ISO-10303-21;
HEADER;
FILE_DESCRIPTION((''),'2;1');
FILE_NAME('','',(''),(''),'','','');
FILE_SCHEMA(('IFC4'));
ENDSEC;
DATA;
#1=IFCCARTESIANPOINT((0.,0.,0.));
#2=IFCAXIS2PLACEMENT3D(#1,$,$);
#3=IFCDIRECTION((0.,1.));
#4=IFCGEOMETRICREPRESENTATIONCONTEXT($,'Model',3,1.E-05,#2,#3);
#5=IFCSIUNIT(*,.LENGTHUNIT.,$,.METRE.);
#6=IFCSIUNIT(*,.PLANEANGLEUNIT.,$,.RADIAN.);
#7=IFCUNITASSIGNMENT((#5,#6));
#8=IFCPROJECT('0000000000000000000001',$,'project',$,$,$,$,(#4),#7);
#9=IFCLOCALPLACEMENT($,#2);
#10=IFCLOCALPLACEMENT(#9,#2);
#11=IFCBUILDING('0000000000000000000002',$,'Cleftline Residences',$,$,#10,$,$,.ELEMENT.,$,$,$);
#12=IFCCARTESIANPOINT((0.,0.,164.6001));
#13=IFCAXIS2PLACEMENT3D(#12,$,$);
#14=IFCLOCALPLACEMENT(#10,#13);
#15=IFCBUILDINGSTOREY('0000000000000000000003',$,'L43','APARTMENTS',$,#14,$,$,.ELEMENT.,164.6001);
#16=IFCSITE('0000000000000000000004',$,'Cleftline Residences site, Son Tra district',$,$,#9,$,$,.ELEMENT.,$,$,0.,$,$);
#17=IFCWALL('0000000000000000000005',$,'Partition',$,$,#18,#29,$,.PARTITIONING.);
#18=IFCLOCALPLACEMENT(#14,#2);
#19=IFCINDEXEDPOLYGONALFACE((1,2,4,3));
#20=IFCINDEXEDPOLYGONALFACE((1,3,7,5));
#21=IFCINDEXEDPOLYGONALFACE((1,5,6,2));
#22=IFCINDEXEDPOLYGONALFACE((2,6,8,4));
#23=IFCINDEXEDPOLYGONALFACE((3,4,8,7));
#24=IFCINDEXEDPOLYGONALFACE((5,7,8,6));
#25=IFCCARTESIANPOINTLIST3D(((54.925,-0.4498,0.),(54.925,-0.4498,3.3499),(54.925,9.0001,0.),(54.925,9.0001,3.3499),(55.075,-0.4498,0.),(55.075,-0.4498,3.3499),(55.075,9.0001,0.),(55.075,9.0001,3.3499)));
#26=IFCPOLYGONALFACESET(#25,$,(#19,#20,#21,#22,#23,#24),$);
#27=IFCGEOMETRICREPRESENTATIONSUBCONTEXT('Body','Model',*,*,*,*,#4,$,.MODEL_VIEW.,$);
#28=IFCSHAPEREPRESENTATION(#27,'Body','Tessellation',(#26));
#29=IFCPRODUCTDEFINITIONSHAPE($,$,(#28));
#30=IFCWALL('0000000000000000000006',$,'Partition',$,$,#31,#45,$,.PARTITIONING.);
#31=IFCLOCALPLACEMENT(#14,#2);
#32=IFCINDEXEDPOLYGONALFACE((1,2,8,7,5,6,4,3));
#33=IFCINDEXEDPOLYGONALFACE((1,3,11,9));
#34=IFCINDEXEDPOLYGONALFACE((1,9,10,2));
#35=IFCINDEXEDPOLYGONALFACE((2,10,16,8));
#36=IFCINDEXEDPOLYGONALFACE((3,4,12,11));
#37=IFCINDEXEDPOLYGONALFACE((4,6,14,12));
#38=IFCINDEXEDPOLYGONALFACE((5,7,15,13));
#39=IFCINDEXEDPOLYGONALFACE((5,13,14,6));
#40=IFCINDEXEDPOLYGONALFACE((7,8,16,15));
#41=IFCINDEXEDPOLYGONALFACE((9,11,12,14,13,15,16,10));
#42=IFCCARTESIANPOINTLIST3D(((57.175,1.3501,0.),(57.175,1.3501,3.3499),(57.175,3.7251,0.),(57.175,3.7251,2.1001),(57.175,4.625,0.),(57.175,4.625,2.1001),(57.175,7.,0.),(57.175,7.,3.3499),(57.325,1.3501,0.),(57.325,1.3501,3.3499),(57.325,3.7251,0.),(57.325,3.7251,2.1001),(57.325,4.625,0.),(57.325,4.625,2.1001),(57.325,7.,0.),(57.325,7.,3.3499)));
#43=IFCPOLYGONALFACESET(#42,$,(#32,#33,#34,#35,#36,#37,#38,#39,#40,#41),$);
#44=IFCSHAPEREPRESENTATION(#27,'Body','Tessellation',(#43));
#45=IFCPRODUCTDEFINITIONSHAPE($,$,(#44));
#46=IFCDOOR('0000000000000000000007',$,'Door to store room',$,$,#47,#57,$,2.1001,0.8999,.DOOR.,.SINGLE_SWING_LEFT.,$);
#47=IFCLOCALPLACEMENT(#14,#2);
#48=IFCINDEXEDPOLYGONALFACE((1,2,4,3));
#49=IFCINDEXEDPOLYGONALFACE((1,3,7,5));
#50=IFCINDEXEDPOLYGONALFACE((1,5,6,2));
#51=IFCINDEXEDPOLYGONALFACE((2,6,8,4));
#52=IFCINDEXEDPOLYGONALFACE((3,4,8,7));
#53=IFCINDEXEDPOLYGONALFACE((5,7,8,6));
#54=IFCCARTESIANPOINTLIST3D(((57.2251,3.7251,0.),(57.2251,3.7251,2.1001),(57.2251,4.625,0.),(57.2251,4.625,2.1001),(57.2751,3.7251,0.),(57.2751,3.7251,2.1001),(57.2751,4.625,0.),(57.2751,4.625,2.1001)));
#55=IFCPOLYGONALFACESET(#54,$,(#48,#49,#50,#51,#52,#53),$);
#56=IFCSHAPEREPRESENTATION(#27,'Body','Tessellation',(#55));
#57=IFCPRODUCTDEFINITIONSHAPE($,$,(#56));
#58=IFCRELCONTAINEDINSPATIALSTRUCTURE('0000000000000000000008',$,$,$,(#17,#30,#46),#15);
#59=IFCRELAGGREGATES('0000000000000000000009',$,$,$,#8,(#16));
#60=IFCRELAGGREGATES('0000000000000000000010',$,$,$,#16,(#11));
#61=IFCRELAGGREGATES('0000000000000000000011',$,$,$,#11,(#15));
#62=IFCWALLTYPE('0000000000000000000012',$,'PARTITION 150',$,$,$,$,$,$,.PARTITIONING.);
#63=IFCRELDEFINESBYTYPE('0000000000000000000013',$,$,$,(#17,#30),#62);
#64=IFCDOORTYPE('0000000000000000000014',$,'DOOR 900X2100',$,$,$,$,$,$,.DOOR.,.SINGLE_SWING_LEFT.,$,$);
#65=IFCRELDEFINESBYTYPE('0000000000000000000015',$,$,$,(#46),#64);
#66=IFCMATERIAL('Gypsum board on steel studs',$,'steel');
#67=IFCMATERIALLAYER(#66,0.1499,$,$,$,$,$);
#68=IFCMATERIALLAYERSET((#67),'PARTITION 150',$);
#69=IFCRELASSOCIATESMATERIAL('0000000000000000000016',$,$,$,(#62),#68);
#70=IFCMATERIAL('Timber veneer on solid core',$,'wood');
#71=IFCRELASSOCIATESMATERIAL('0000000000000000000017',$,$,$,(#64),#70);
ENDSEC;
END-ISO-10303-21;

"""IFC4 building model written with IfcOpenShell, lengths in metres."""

from ifc_helpers import new_model, si_unit, direction, frame, frame_2d, origin, place, context, subcontext, project, spatial, rectangle, extrude, material, layer, layer_set, type_object, element, fill, save


model = new_model("IFC4")

# Units and contexts
model_context = context("Model", 3, precision=1e-05, world=origin(), true_north=direction((0.0, 1.0)))
body_context = subcontext(model_context, "Body", "Model", "MODEL_VIEW")
ifc_project = project(units=[si_unit("LENGTHUNIT", "METRE"), si_unit("PLANEANGLEUNIT", "RADIAN")], contexts=[model_context])

# Site, building, storey
site_placement = place(None, origin())
site = spatial("IfcSite", under=ifc_project, at=site_placement, Name="Cleftline Residences site, Son Tra district", CompositionType="ELEMENT", RefElevation=0.0)
building_placement = place(site_placement, origin())
building = spatial("IfcBuilding", under=site, at=building_placement, Name="Cleftline Residences", CompositionType="ELEMENT")
storey_placement = place(building_placement, frame((0.0, 0.0, 164.6001)))
storey = spatial("IfcBuildingStorey", under=building, at=storey_placement, Name="L43", Description="APARTMENTS", CompositionType="ELEMENT", Elevation=164.6001)

# Wall
ifc_material_1 = material(Name="Gypsum board on steel studs", Category="steel")
ifc_layer_1 = layer(ifc_material_1, 0.1499)
ifc_layer_set_1 = layer_set([ifc_layer_1], Name="PARTITION 150")
wall_type_1 = type_object("IfcWallType", Name="PARTITION 150", PredefinedType="PARTITIONING", material=ifc_layer_set_1)
wall_1_placement = place(storey_placement, frame((55.0, -0.45, 0.0), z_axis=(0.0, 0.0, 1.0), x_axis=(0.0, 1.0, 0.0)))
element("IfcWall", 1, at=wall_1_placement, inside=storey, type_object=wall_type_1, Name="Partition", PredefinedType="PARTITIONING", context=body_context, shape_type="SweptSolid", body=[
    extrude(rectangle(XDim=9.45, YDim=0.1499, at=frame_2d((4.7251, 0.0))), origin(), (0.0, 0.0, 1.0), 3.3499),
])

# Wall, opening, door
wall_2_placement = place(storey_placement, frame((57.25, 1.3501, 0.0), z_axis=(0.0, 0.0, 1.0), x_axis=(0.0, 1.0, 0.0)))
wall_2 = element("IfcWall", 2, at=wall_2_placement, inside=storey, type_object=wall_type_1, Name="Partition", PredefinedType="PARTITIONING", context=body_context, shape_type="SweptSolid", body=[
    extrude(rectangle(XDim=5.6499, YDim=0.1499, at=frame_2d((2.825, 0.0))), origin(), (0.0, 0.0, 1.0), 3.3499),
])
opening_1_placement = place(wall_2_placement, frame((2.375, 0.0, 0.0)))
opening_1 = element("IfcOpeningElement", 3, at=opening_1_placement, cuts=wall_2, PredefinedType="OPENING", context=body_context, shape_type="SweptSolid", body=[
    extrude(rectangle(XDim=0.8999, YDim=2.1001, at=frame_2d((0.45, 1.05))), frame((0.0, 0.085, 0.0), z_axis=(0.0, -1.0, 0.0), x_axis=(1.0, 0.0, 0.0)), (0.0, 0.0, 1.0), 0.1699),
])
ifc_material_2 = material(Name="Timber veneer on solid core", Category="wood")
door_type = type_object("IfcDoorType", Name="DOOR 900X2100", OperationType="SINGLE_SWING_LEFT", PredefinedType="DOOR", material=ifc_material_2)
door_placement = place(opening_1_placement, origin())
door = element("IfcDoor", 4, at=door_placement, inside=storey, type_object=door_type, Name="Door to store room", OperationType="SINGLE_SWING_LEFT", OverallHeight=2.1001, OverallWidth=0.8999, PredefinedType="DOOR", context=body_context, shape_type="SweptSolid", body=[
    extrude(rectangle(XDim=0.8999, YDim=2.1001, at=frame_2d((0.45, 1.05))), frame((0.0, 0.0249, 0.0), z_axis=(0.0, -1.0, 0.0), x_axis=(1.0, 0.0, 0.0)), (0.0, 0.0, 1.0), 0.05),
])
fill(opening_1, door)

save(model, "model.ifc")
